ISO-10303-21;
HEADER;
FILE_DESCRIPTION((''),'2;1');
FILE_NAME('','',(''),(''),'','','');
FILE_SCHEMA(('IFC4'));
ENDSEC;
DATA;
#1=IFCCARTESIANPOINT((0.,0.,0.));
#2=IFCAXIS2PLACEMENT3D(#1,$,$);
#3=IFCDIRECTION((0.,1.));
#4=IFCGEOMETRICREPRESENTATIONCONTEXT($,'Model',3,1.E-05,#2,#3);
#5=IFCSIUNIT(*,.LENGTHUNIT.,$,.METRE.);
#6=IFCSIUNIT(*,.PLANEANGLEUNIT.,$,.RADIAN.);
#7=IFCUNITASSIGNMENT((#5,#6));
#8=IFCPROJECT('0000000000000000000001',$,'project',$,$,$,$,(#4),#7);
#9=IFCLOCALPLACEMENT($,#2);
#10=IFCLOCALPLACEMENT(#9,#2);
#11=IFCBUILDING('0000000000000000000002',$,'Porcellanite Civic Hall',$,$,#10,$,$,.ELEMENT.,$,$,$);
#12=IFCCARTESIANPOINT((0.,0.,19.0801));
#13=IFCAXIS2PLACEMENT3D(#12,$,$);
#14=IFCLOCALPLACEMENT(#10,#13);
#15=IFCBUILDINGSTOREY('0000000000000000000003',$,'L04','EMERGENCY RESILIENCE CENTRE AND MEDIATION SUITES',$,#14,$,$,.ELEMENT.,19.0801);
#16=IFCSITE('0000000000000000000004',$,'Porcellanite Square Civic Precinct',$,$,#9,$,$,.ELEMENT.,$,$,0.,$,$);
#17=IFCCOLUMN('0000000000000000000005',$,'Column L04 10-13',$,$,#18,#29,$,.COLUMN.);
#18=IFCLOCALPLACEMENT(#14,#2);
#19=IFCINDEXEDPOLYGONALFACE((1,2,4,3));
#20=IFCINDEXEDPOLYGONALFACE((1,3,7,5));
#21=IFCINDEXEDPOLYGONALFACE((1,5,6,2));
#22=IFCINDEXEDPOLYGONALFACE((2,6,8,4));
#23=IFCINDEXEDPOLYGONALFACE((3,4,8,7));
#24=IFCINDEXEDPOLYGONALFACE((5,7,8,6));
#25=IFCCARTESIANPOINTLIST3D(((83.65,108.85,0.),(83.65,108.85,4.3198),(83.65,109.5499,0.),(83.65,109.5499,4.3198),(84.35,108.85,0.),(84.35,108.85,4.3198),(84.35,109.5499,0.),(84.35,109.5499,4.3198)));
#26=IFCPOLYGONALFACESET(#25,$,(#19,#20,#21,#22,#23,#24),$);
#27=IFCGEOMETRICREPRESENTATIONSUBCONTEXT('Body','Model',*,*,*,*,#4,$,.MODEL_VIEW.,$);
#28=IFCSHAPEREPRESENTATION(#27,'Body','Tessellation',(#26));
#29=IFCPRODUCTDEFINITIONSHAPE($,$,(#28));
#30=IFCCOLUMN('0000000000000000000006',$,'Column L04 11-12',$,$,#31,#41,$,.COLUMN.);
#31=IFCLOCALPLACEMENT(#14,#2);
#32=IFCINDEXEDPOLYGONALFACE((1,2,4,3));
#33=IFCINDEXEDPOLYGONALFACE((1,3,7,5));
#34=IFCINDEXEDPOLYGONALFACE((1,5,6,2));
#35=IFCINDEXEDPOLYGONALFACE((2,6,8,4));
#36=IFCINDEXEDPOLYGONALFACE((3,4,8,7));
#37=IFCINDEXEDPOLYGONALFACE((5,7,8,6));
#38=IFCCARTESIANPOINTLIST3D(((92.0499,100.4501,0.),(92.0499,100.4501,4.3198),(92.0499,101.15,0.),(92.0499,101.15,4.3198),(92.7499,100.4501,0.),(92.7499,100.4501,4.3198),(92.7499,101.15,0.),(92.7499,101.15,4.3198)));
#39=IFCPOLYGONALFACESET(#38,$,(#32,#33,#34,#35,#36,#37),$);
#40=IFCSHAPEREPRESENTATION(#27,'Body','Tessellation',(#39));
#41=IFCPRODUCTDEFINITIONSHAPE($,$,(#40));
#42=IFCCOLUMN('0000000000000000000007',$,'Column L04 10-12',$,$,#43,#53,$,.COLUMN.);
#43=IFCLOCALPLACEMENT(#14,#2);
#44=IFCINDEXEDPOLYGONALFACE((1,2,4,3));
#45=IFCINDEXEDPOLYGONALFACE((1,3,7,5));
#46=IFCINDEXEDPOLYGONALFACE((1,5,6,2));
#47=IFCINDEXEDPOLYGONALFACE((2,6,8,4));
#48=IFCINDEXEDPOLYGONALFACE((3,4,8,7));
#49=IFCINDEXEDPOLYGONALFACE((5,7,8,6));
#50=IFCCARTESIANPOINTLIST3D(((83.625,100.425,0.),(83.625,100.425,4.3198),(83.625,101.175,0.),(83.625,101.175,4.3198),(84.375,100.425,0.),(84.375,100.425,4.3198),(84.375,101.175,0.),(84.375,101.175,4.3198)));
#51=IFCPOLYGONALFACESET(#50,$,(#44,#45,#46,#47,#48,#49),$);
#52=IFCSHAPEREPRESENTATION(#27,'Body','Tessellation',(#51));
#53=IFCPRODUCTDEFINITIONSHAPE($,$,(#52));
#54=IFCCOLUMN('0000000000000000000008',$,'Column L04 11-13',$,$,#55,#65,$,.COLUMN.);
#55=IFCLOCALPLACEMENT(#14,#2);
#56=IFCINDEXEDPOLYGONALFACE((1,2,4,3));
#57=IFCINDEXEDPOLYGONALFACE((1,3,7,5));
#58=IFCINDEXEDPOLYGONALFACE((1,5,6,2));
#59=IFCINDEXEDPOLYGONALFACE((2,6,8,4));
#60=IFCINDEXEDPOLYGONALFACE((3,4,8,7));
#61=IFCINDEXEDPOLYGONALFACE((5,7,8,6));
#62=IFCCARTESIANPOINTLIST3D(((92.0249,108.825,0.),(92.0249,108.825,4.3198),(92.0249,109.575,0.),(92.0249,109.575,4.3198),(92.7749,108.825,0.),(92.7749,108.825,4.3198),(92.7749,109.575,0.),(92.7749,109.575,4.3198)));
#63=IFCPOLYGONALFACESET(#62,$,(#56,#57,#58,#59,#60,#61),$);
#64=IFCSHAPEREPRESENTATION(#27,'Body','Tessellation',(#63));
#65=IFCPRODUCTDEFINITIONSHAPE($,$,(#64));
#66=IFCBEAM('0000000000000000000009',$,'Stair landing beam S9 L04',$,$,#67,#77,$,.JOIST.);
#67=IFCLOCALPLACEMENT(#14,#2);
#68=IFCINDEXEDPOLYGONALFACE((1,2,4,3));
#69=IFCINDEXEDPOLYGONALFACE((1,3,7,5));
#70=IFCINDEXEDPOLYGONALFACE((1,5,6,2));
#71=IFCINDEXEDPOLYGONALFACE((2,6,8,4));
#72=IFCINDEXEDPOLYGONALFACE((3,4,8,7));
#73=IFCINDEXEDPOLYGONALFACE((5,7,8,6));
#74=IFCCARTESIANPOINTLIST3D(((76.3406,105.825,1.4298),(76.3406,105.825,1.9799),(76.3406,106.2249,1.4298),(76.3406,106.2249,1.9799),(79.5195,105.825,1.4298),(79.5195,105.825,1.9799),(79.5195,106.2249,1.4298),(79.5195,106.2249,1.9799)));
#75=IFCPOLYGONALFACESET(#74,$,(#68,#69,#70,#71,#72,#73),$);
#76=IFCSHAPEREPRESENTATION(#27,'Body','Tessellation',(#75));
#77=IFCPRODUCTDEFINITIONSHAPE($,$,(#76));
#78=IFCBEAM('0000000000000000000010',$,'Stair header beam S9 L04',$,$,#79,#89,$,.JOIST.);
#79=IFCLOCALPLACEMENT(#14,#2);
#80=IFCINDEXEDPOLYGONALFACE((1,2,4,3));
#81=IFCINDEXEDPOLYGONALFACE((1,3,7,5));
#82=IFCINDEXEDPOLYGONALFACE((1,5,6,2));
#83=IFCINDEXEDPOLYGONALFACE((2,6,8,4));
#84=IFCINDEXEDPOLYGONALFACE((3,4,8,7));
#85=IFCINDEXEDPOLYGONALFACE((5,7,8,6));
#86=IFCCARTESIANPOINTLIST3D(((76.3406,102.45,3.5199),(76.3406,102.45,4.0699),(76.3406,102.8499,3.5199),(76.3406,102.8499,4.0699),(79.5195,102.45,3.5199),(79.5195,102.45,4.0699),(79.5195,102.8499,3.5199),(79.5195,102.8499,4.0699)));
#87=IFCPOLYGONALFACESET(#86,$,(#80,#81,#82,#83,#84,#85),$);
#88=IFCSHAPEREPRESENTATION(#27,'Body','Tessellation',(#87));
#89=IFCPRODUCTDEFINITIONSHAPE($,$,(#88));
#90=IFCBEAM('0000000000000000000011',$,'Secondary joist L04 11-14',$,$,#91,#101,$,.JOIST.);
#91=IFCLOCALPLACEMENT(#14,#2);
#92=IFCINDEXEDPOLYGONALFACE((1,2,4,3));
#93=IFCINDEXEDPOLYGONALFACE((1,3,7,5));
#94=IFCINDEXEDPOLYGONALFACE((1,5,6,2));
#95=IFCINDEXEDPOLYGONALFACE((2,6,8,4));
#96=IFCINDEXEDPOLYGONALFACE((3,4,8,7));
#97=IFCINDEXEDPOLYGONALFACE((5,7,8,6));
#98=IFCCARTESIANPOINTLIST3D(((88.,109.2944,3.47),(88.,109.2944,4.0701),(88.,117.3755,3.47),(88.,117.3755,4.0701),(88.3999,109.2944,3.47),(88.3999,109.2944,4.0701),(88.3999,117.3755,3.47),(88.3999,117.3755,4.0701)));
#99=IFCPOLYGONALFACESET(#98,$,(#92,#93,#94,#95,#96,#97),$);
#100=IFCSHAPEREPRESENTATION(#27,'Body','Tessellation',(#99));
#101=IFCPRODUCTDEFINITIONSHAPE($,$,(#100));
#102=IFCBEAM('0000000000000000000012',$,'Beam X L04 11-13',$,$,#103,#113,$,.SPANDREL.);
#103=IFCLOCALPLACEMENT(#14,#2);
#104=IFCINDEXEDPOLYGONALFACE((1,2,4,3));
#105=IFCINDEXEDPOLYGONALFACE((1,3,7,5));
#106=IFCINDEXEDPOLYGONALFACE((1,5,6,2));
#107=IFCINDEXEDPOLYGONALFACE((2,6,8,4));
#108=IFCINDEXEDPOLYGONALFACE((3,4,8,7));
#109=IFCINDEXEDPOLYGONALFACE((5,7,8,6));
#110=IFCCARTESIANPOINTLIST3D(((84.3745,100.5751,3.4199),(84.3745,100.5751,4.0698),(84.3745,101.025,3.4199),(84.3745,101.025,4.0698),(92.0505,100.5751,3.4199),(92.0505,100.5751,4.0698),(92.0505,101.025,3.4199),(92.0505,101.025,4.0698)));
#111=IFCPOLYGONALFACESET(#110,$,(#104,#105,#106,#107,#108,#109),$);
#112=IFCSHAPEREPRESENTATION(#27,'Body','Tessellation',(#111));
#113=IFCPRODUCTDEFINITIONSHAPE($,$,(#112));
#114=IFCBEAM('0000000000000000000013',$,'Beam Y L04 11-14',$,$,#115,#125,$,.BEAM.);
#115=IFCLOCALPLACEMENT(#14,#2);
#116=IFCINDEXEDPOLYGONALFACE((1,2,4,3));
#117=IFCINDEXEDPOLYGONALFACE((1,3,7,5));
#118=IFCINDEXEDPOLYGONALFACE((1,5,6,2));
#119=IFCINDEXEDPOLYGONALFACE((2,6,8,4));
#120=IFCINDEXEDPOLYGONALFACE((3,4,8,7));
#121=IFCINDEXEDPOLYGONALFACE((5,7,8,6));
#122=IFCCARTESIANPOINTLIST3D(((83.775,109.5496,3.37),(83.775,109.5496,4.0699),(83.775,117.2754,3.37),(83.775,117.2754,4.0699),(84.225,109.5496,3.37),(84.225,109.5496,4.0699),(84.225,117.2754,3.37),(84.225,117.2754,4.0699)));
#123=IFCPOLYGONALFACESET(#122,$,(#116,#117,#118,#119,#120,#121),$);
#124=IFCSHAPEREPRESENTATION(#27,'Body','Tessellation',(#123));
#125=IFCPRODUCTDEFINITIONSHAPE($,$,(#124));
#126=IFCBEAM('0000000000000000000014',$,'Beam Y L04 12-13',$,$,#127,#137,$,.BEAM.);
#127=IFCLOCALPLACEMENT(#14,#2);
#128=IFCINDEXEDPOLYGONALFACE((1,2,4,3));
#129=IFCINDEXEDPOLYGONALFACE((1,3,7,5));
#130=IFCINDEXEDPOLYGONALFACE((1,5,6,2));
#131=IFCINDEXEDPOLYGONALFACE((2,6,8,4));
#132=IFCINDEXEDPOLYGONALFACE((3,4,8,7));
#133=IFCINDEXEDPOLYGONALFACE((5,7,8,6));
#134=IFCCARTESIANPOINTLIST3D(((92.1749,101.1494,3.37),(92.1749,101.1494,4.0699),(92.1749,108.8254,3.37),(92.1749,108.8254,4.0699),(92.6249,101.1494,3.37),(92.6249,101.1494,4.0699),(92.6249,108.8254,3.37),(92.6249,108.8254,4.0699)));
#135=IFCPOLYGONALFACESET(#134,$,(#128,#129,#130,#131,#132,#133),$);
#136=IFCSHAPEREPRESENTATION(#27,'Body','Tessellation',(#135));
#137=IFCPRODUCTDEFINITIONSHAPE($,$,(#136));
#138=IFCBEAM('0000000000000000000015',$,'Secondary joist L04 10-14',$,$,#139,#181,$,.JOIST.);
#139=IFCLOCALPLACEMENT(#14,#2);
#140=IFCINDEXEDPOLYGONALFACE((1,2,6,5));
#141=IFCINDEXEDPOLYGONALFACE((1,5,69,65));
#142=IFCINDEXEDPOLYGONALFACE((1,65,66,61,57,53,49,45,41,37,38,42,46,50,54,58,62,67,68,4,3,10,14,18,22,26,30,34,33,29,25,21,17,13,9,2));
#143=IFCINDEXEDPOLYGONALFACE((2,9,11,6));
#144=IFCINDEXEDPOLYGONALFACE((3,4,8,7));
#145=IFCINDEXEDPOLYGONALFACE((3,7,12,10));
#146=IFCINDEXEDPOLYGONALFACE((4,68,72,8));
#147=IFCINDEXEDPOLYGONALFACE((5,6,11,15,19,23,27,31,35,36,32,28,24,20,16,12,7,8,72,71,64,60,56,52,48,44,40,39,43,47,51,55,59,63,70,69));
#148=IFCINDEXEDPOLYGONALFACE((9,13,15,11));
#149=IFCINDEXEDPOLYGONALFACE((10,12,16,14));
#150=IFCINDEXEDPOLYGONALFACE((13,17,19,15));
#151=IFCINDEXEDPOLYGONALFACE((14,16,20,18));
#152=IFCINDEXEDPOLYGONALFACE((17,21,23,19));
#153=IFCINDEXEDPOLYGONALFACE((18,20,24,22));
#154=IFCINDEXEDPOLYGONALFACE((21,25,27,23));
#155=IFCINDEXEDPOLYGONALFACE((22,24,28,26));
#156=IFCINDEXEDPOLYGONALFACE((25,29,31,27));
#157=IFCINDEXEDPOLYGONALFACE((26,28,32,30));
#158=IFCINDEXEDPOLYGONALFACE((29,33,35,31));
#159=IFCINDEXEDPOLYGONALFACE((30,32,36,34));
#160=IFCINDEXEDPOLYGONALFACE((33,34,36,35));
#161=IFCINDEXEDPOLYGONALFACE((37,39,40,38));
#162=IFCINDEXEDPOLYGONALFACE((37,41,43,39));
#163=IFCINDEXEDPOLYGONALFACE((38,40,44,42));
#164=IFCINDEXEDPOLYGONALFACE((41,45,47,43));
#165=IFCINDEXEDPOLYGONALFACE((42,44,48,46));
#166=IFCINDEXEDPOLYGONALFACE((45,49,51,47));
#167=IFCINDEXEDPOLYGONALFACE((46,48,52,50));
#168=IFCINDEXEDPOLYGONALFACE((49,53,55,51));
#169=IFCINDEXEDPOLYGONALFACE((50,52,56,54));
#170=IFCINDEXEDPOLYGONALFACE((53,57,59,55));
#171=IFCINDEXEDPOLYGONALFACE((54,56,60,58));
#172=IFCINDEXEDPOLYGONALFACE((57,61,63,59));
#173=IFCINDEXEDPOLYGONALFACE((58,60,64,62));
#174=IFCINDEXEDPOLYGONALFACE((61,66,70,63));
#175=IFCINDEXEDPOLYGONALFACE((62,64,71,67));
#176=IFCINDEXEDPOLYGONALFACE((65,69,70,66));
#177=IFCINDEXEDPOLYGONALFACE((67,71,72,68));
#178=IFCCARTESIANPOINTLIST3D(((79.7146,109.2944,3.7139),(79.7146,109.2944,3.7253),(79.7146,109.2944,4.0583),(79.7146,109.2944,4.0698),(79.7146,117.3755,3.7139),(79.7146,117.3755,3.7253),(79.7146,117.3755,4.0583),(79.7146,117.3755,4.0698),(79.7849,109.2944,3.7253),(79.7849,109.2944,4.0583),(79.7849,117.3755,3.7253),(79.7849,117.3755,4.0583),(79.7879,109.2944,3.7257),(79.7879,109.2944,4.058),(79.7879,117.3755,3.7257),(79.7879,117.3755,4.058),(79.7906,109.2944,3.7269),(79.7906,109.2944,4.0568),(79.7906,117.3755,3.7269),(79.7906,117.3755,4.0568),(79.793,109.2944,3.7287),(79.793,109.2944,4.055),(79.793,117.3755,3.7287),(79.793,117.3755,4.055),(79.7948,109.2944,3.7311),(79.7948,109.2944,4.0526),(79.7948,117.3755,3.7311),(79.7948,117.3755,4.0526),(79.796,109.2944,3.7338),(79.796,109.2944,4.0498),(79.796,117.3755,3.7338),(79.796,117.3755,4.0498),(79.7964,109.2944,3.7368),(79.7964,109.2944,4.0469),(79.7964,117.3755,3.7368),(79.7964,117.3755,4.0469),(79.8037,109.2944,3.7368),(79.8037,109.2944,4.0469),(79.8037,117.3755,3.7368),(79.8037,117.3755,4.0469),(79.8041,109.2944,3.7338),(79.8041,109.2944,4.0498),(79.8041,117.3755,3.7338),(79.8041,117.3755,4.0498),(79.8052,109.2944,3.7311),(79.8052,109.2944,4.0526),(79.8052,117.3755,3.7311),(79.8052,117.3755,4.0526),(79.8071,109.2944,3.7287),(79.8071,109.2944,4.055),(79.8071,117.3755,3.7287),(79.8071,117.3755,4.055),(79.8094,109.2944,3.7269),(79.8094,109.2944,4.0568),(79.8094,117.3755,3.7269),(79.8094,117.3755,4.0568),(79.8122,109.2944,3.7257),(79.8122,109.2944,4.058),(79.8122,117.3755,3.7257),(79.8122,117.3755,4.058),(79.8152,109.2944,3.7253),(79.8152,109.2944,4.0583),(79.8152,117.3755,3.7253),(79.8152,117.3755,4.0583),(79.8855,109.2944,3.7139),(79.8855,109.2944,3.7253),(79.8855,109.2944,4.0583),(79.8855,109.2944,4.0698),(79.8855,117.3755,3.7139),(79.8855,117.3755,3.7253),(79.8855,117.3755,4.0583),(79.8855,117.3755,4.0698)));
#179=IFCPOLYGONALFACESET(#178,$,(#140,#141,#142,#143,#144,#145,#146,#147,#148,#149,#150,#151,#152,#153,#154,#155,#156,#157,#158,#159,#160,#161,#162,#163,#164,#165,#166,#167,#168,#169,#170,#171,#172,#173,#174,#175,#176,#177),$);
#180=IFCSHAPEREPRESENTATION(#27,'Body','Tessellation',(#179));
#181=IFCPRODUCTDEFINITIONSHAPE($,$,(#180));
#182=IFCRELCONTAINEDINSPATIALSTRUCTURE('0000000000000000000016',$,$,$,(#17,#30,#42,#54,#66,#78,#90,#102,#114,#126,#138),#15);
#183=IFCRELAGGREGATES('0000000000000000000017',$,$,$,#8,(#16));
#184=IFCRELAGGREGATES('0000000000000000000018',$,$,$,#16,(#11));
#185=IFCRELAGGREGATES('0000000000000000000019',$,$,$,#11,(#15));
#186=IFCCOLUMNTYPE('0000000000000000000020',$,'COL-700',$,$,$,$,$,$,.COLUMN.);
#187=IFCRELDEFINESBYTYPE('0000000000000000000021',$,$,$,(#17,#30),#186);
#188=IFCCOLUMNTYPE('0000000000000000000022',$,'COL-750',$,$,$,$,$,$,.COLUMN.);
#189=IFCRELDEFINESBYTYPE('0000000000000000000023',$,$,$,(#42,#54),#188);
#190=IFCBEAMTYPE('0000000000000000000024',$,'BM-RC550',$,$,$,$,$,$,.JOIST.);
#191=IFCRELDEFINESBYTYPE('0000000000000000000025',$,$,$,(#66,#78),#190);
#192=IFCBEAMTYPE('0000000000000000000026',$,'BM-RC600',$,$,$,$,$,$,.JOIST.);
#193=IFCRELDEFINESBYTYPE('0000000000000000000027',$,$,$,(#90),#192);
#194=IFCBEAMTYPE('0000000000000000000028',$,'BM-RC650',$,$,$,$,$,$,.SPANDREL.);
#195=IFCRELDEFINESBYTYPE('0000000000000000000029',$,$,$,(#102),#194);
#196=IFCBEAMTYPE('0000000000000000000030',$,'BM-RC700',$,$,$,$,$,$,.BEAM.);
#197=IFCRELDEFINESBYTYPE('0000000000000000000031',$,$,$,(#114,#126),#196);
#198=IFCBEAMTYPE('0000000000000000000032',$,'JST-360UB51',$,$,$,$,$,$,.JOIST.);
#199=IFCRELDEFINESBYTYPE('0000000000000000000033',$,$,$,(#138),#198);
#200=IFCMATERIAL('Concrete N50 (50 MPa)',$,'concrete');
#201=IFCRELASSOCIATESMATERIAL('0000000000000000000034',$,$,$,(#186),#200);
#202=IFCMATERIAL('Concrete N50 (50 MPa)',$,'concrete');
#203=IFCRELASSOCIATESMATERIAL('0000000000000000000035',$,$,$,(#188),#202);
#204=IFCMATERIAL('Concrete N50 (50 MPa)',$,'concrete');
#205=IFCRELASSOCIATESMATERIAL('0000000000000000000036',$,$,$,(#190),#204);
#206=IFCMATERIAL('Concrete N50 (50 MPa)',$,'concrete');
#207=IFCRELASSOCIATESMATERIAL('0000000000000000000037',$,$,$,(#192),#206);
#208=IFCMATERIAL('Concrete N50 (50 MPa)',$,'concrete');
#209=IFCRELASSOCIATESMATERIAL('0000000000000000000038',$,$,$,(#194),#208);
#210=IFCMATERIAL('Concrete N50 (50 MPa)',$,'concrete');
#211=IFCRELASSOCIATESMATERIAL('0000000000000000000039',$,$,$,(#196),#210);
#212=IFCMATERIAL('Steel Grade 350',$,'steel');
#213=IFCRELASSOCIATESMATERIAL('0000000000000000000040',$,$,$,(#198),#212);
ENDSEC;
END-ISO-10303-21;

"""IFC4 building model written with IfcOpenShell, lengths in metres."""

from ifc_helpers import new_model, si_unit, direction, frame, origin, origin_2d, place, context, subcontext, project, spatial, rectangle, i_section, extrude, material, material_profile, profile_set, type_object, element, save


model = new_model("IFC4")

# Units and contexts
model_context = context("Model", 3, precision=1e-05, world=origin(), true_north=direction((0.0, 1.0)))
body_context = subcontext(model_context, "Body", "Model", "MODEL_VIEW")
ifc_project = project(units=[si_unit("LENGTHUNIT", "METRE"), si_unit("PLANEANGLEUNIT", "RADIAN")], contexts=[model_context])

# Site, building, storey
site_placement = place(None, origin())
site = spatial("IfcSite", under=ifc_project, at=site_placement, Name="Porcellanite Square Civic Precinct", CompositionType="ELEMENT", RefElevation=0.0)
building_placement = place(site_placement, origin())
building = spatial("IfcBuilding", under=site, at=building_placement, Name="Porcellanite Civic Hall", CompositionType="ELEMENT")
storey_placement = place(building_placement, frame((0.0, 0.0, 19.0801)))
storey = spatial("IfcBuildingStorey", under=building, at=storey_placement, Name="L04", Description="EMERGENCY RESILIENCE CENTRE AND MEDIATION SUITES", CompositionType="ELEMENT", Elevation=19.0801)

# Columns
ifc_material_1 = material(Name="Concrete N50 (50 MPa)", Category="concrete")
ifc_material_profile_1 = material_profile(ifc_material_1, rectangle(XDim=0.7, YDim=0.7, at=origin_2d()), Name="RC-700x700")
ifc_profile_set_1 = profile_set([ifc_material_profile_1], Name="Concrete N50 (50 MPa)")
column_type_1 = type_object("IfcColumnType", Name="COL-700", PredefinedType="COLUMN", material=ifc_profile_set_1)
for number, where, z_axis, x_axis, name in (
    (1, (84.0, 109.2, 0.0), (0.0, 0.0, 1.0), (1.0, 0.0, 0.0), "Column L04 10-13"),
    (2, (92.3999, 100.8, 0.0), (0.0, 0.0, 1.0), (1.0, 0.0, 0.0), "Column L04 11-12"),
):
    element("IfcColumn", number, at=place(storey_placement, frame(where, z_axis=z_axis, x_axis=x_axis)), inside=storey, type_object=column_type_1, Name=name, PredefinedType="COLUMN", context=body_context, shape_type="SweptSolid", body=[
        extrude(rectangle(XDim=0.7, YDim=0.7, at=origin_2d()), origin(), (0.0, 0.0, 1.0), 4.3198),
    ])
ifc_material_2 = material(Name="Concrete N50 (50 MPa)", Category="concrete")
ifc_material_profile_2 = material_profile(ifc_material_2, rectangle(XDim=0.75, YDim=0.75, at=origin_2d()), Name="RC-750x750")
ifc_profile_set_2 = profile_set([ifc_material_profile_2], Name="Concrete N50 (50 MPa)")
column_type_2 = type_object("IfcColumnType", Name="COL-750", PredefinedType="COLUMN", material=ifc_profile_set_2)
for number, where, z_axis, x_axis, name in (
    (3, (84.0, 100.8, 0.0), (0.0, 0.0, 1.0), (1.0, 0.0, 0.0), "Column L04 10-12"),
    (4, (92.3999, 109.2, 0.0), (0.0, 0.0, 1.0), (1.0, 0.0, 0.0), "Column L04 11-13"),
):
    element("IfcColumn", number, at=place(storey_placement, frame(where, z_axis=z_axis, x_axis=x_axis)), inside=storey, type_object=column_type_2, Name=name, PredefinedType="COLUMN", context=body_context, shape_type="SweptSolid", body=[
        extrude(rectangle(XDim=0.75, YDim=0.75, at=origin_2d()), origin(), (0.0, 0.0, 1.0), 4.3198),
    ])

# Beams
ifc_material_3 = material(Name="Concrete N50 (50 MPa)", Category="concrete")
ifc_material_profile_3 = material_profile(ifc_material_3, rectangle(XDim=0.3999, YDim=0.55, at=origin_2d()), Name="RC-400x550")
ifc_profile_set_3 = profile_set([ifc_material_profile_3], Name="Concrete N50 (50 MPa)")
beam_type_1 = type_object("IfcBeamType", Name="BM-RC550", PredefinedType="JOIST", material=ifc_profile_set_3)
for number, where, z_axis, x_axis, name in (
    (5, (76.3406, 106.0249, 1.7048), (1.0, 0.0, 0.0), (0.0, 1.0, 0.0), "Stair landing beam S9 L04"),
    (6, (76.3406, 102.6499, 3.7949), (1.0, 0.0, 0.0), (0.0, 1.0, 0.0), "Stair header beam S9 L04"),
):
    element("IfcBeam", number, at=place(storey_placement, frame(where, z_axis=z_axis, x_axis=x_axis)), inside=storey, type_object=beam_type_1, Name=name, PredefinedType="JOIST", context=body_context, shape_type="SweptSolid", body=[
        extrude(rectangle(XDim=0.3999, YDim=0.55, at=origin_2d()), origin(), (0.0, 0.0, 1.0), 3.179),
    ])
ifc_material_4 = material(Name="Concrete N50 (50 MPa)", Category="concrete")
ifc_material_profile_4 = material_profile(ifc_material_4, rectangle(XDim=0.3999, YDim=0.6001, at=origin_2d()), Name="RC-400x600")
ifc_profile_set_4 = profile_set([ifc_material_profile_4], Name="Concrete N50 (50 MPa)")
beam_type_2 = type_object("IfcBeamType", Name="BM-RC600", PredefinedType="JOIST", material=ifc_profile_set_4)
beam_1_placement = place(storey_placement, frame((88.2, 109.2944, 3.77), z_axis=(0.0, 1.0, 0.0), x_axis=(-1.0, 0.0, 0.0)))
element("IfcBeam", 7, at=beam_1_placement, inside=storey, type_object=beam_type_2, Name="Secondary joist L04 11-14", PredefinedType="JOIST", context=body_context, shape_type="SweptSolid", body=[
    extrude(rectangle(XDim=0.3999, YDim=0.6001, at=origin_2d()), origin(), (0.0, 0.0, 1.0), 8.0811),
])
ifc_material_5 = material(Name="Concrete N50 (50 MPa)", Category="concrete")
ifc_material_profile_5 = material_profile(ifc_material_5, rectangle(XDim=0.45, YDim=0.6499, at=origin_2d()), Name="RC-450x650")
ifc_profile_set_5 = profile_set([ifc_material_profile_5], Name="Concrete N50 (50 MPa)")
beam_type_3 = type_object("IfcBeamType", Name="BM-RC650", PredefinedType="SPANDREL", material=ifc_profile_set_5)
beam_2_placement = place(storey_placement, frame((84.3745, 100.8, 3.7449), z_axis=(1.0, 0.0, 0.0), x_axis=(0.0, 1.0, 0.0)))
element("IfcBeam", 8, at=beam_2_placement, inside=storey, type_object=beam_type_3, Name="Beam X L04 11-13", PredefinedType="SPANDREL", context=body_context, shape_type="SweptSolid", body=[
    extrude(rectangle(XDim=0.45, YDim=0.6499, at=origin_2d()), origin(), (0.0, 0.0, 1.0), 7.676),
])
ifc_material_6 = material(Name="Concrete N50 (50 MPa)", Category="concrete")
ifc_material_profile_6 = material_profile(ifc_material_6, rectangle(XDim=0.45, YDim=0.7, at=origin_2d()), Name="RC-450x700")
ifc_profile_set_6 = profile_set([ifc_material_profile_6], Name="Concrete N50 (50 MPa)")
beam_type_4 = type_object("IfcBeamType", Name="BM-RC700", PredefinedType="BEAM", material=ifc_profile_set_6)
beam_3_placement = place(storey_placement, frame((84.0, 109.5496, 3.72), z_axis=(0.0, 1.0, 0.0), x_axis=(-1.0, 0.0, 0.0)))
element("IfcBeam", 9, at=beam_3_placement, inside=storey, type_object=beam_type_4, Name="Beam Y L04 11-14", PredefinedType="BEAM", context=body_context, shape_type="SweptSolid", body=[
    extrude(rectangle(XDim=0.45, YDim=0.7, at=origin_2d()), origin(), (0.0, 0.0, 1.0), 7.7258),
])
beam_4_placement = place(storey_placement, frame((92.3999, 101.1494, 3.72), z_axis=(0.0, 1.0, 0.0), x_axis=(-1.0, 0.0, 0.0)))
element("IfcBeam", 10, at=beam_4_placement, inside=storey, type_object=beam_type_4, Name="Beam Y L04 12-13", PredefinedType="BEAM", context=body_context, shape_type="SweptSolid", body=[
    extrude(rectangle(XDim=0.45, YDim=0.7, at=origin_2d()), origin(), (0.0, 0.0, 1.0), 7.676),
])
ifc_material_7 = material(Name="Steel Grade 350", Category="steel")
ifc_material_profile_7 = material_profile(ifc_material_7, i_section(OverallWidth=0.1709, OverallDepth=0.356, WebThickness=0.0073, FlangeThickness=0.0115, FilletRadius=0.0115, at=origin_2d()), Name="360UB50.7")
ifc_profile_set_7 = profile_set([ifc_material_profile_7], Name="Steel Grade 350")
beam_type_5 = type_object("IfcBeamType", Name="JST-360UB51", PredefinedType="JOIST", material=ifc_profile_set_7)
for number, where, z_axis, x_axis, name in (
    (11, (79.8, 109.2944, 3.8918), (0.0, 1.0, 0.0), (-1.0, 0.0, 0.0), "Secondary joist L04 10-14"),
):
    element("IfcBeam", number, at=place(storey_placement, frame(where, z_axis=z_axis, x_axis=x_axis)), inside=storey, type_object=beam_type_5, Name=name, PredefinedType="JOIST", context=body_context, shape_type="SweptSolid", body=[
        extrude(i_section(OverallWidth=0.1709, OverallDepth=0.356, WebThickness=0.0073, FlangeThickness=0.0115, FilletRadius=0.0115, at=origin_2d()), origin(), (0.0, 0.0, 1.0), 8.0811),
    ])

save(model, "model.ifc")
